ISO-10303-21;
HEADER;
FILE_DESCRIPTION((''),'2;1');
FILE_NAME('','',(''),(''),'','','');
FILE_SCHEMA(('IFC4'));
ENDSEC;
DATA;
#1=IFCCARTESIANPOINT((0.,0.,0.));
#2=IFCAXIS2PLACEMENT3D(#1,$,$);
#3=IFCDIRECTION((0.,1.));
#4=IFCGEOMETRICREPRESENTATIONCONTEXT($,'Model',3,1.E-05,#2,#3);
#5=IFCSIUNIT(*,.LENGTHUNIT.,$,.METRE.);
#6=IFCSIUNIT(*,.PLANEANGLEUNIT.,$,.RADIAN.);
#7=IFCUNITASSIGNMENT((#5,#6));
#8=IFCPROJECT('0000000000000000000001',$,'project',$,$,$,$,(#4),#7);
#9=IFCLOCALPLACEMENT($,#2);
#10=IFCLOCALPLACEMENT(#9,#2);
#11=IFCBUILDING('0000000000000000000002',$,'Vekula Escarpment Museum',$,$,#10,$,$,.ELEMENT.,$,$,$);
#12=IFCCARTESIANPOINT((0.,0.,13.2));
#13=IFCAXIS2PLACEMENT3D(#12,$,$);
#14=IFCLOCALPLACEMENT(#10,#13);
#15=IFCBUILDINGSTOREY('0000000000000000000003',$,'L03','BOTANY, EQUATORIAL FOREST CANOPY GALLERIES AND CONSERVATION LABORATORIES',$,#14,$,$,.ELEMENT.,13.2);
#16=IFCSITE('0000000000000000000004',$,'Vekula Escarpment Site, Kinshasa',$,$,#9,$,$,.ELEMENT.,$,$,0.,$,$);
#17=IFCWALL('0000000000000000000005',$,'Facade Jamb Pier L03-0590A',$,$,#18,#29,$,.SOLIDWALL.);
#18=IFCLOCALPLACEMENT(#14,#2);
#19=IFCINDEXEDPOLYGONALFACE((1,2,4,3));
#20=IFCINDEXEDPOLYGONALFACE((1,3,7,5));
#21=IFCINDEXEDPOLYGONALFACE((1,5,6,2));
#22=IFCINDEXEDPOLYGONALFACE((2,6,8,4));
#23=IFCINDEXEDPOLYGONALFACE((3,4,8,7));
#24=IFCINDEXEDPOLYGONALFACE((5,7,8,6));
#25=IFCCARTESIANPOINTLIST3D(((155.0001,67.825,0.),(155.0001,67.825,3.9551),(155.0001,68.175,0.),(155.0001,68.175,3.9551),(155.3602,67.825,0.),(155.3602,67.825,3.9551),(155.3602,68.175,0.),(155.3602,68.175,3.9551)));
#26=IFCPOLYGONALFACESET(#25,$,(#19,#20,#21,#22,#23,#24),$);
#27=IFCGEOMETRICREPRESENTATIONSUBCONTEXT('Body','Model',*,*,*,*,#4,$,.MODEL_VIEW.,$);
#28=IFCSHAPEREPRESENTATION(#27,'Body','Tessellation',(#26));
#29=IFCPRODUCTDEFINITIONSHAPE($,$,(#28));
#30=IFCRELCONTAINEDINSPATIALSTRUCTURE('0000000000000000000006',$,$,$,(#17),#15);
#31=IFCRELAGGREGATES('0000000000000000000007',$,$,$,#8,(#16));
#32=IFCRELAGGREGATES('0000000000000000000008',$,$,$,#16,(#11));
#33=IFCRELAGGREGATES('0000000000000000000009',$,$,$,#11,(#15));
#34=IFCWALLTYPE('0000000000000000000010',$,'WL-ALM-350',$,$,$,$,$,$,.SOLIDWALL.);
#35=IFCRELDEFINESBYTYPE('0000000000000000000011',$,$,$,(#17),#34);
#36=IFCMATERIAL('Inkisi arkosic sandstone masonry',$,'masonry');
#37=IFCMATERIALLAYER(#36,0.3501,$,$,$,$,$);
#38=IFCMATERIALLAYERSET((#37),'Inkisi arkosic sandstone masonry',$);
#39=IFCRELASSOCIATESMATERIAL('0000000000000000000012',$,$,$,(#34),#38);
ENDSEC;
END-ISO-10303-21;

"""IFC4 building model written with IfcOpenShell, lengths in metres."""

from ifc_helpers import new_model, si_unit, direction, frame, frame_2d, origin, place, context, subcontext, project, spatial, rectangle, extrude, material, layer, layer_set, type_object, element, save


model = new_model("IFC4")

# Units and contexts
model_context = context("Model", 3, precision=1e-05, world=origin(), true_north=direction((0.0, 1.0)))
body_context = subcontext(model_context, "Body", "Model", "MODEL_VIEW")
ifc_project = project(units=[si_unit("LENGTHUNIT", "METRE"), si_unit("PLANEANGLEUNIT", "RADIAN")], contexts=[model_context])

# Site, building, storey
site_placement = place(None, origin())
site = spatial("IfcSite", under=ifc_project, at=site_placement, Name="Vekula Escarpment Site, Kinshasa", CompositionType="ELEMENT", RefElevation=0.0)
building_placement = place(site_placement, origin())
building = spatial("IfcBuilding", under=site, at=building_placement, Name="Vekula Escarpment Museum", CompositionType="ELEMENT")
storey_placement = place(building_placement, frame((0.0, 0.0, 13.2)))
storey = spatial("IfcBuildingStorey", under=building, at=storey_placement, Name="L03", Description="BOTANY, EQUATORIAL FOREST CANOPY GALLERIES AND CONSERVATION LABORATORIES", CompositionType="ELEMENT", Elevation=13.2)

# Wall
ifc_material_1 = material(Name="Inkisi arkosic sandstone masonry", Category="masonry")
ifc_layer_1 = layer(ifc_material_1, 0.3501)
ifc_layer_set_1 = layer_set([ifc_layer_1], Name="Inkisi arkosic sandstone masonry")
wall_type = type_object("IfcWallType", Name="WL-ALM-350", PredefinedType="SOLIDWALL", material=ifc_layer_set_1)
wall_1_placement = place(storey_placement, frame((155.0, 68.0, 0.0), z_axis=(0.0, 0.0, 1.0), x_axis=(1.0, 0.0, 0.0)))
element("IfcWall", 1, at=wall_1_placement, inside=storey, type_object=wall_type, Name="Facade Jamb Pier L03-0590A", PredefinedType="SOLIDWALL", context=body_context, shape_type="SweptSolid", body=[
    extrude(rectangle(XDim=0.3601, YDim=0.3501, at=frame_2d((0.1802, 0.0))), origin(), (0.0, 0.0, 1.0), 3.9551),
])

save(model, "model.ifc")
